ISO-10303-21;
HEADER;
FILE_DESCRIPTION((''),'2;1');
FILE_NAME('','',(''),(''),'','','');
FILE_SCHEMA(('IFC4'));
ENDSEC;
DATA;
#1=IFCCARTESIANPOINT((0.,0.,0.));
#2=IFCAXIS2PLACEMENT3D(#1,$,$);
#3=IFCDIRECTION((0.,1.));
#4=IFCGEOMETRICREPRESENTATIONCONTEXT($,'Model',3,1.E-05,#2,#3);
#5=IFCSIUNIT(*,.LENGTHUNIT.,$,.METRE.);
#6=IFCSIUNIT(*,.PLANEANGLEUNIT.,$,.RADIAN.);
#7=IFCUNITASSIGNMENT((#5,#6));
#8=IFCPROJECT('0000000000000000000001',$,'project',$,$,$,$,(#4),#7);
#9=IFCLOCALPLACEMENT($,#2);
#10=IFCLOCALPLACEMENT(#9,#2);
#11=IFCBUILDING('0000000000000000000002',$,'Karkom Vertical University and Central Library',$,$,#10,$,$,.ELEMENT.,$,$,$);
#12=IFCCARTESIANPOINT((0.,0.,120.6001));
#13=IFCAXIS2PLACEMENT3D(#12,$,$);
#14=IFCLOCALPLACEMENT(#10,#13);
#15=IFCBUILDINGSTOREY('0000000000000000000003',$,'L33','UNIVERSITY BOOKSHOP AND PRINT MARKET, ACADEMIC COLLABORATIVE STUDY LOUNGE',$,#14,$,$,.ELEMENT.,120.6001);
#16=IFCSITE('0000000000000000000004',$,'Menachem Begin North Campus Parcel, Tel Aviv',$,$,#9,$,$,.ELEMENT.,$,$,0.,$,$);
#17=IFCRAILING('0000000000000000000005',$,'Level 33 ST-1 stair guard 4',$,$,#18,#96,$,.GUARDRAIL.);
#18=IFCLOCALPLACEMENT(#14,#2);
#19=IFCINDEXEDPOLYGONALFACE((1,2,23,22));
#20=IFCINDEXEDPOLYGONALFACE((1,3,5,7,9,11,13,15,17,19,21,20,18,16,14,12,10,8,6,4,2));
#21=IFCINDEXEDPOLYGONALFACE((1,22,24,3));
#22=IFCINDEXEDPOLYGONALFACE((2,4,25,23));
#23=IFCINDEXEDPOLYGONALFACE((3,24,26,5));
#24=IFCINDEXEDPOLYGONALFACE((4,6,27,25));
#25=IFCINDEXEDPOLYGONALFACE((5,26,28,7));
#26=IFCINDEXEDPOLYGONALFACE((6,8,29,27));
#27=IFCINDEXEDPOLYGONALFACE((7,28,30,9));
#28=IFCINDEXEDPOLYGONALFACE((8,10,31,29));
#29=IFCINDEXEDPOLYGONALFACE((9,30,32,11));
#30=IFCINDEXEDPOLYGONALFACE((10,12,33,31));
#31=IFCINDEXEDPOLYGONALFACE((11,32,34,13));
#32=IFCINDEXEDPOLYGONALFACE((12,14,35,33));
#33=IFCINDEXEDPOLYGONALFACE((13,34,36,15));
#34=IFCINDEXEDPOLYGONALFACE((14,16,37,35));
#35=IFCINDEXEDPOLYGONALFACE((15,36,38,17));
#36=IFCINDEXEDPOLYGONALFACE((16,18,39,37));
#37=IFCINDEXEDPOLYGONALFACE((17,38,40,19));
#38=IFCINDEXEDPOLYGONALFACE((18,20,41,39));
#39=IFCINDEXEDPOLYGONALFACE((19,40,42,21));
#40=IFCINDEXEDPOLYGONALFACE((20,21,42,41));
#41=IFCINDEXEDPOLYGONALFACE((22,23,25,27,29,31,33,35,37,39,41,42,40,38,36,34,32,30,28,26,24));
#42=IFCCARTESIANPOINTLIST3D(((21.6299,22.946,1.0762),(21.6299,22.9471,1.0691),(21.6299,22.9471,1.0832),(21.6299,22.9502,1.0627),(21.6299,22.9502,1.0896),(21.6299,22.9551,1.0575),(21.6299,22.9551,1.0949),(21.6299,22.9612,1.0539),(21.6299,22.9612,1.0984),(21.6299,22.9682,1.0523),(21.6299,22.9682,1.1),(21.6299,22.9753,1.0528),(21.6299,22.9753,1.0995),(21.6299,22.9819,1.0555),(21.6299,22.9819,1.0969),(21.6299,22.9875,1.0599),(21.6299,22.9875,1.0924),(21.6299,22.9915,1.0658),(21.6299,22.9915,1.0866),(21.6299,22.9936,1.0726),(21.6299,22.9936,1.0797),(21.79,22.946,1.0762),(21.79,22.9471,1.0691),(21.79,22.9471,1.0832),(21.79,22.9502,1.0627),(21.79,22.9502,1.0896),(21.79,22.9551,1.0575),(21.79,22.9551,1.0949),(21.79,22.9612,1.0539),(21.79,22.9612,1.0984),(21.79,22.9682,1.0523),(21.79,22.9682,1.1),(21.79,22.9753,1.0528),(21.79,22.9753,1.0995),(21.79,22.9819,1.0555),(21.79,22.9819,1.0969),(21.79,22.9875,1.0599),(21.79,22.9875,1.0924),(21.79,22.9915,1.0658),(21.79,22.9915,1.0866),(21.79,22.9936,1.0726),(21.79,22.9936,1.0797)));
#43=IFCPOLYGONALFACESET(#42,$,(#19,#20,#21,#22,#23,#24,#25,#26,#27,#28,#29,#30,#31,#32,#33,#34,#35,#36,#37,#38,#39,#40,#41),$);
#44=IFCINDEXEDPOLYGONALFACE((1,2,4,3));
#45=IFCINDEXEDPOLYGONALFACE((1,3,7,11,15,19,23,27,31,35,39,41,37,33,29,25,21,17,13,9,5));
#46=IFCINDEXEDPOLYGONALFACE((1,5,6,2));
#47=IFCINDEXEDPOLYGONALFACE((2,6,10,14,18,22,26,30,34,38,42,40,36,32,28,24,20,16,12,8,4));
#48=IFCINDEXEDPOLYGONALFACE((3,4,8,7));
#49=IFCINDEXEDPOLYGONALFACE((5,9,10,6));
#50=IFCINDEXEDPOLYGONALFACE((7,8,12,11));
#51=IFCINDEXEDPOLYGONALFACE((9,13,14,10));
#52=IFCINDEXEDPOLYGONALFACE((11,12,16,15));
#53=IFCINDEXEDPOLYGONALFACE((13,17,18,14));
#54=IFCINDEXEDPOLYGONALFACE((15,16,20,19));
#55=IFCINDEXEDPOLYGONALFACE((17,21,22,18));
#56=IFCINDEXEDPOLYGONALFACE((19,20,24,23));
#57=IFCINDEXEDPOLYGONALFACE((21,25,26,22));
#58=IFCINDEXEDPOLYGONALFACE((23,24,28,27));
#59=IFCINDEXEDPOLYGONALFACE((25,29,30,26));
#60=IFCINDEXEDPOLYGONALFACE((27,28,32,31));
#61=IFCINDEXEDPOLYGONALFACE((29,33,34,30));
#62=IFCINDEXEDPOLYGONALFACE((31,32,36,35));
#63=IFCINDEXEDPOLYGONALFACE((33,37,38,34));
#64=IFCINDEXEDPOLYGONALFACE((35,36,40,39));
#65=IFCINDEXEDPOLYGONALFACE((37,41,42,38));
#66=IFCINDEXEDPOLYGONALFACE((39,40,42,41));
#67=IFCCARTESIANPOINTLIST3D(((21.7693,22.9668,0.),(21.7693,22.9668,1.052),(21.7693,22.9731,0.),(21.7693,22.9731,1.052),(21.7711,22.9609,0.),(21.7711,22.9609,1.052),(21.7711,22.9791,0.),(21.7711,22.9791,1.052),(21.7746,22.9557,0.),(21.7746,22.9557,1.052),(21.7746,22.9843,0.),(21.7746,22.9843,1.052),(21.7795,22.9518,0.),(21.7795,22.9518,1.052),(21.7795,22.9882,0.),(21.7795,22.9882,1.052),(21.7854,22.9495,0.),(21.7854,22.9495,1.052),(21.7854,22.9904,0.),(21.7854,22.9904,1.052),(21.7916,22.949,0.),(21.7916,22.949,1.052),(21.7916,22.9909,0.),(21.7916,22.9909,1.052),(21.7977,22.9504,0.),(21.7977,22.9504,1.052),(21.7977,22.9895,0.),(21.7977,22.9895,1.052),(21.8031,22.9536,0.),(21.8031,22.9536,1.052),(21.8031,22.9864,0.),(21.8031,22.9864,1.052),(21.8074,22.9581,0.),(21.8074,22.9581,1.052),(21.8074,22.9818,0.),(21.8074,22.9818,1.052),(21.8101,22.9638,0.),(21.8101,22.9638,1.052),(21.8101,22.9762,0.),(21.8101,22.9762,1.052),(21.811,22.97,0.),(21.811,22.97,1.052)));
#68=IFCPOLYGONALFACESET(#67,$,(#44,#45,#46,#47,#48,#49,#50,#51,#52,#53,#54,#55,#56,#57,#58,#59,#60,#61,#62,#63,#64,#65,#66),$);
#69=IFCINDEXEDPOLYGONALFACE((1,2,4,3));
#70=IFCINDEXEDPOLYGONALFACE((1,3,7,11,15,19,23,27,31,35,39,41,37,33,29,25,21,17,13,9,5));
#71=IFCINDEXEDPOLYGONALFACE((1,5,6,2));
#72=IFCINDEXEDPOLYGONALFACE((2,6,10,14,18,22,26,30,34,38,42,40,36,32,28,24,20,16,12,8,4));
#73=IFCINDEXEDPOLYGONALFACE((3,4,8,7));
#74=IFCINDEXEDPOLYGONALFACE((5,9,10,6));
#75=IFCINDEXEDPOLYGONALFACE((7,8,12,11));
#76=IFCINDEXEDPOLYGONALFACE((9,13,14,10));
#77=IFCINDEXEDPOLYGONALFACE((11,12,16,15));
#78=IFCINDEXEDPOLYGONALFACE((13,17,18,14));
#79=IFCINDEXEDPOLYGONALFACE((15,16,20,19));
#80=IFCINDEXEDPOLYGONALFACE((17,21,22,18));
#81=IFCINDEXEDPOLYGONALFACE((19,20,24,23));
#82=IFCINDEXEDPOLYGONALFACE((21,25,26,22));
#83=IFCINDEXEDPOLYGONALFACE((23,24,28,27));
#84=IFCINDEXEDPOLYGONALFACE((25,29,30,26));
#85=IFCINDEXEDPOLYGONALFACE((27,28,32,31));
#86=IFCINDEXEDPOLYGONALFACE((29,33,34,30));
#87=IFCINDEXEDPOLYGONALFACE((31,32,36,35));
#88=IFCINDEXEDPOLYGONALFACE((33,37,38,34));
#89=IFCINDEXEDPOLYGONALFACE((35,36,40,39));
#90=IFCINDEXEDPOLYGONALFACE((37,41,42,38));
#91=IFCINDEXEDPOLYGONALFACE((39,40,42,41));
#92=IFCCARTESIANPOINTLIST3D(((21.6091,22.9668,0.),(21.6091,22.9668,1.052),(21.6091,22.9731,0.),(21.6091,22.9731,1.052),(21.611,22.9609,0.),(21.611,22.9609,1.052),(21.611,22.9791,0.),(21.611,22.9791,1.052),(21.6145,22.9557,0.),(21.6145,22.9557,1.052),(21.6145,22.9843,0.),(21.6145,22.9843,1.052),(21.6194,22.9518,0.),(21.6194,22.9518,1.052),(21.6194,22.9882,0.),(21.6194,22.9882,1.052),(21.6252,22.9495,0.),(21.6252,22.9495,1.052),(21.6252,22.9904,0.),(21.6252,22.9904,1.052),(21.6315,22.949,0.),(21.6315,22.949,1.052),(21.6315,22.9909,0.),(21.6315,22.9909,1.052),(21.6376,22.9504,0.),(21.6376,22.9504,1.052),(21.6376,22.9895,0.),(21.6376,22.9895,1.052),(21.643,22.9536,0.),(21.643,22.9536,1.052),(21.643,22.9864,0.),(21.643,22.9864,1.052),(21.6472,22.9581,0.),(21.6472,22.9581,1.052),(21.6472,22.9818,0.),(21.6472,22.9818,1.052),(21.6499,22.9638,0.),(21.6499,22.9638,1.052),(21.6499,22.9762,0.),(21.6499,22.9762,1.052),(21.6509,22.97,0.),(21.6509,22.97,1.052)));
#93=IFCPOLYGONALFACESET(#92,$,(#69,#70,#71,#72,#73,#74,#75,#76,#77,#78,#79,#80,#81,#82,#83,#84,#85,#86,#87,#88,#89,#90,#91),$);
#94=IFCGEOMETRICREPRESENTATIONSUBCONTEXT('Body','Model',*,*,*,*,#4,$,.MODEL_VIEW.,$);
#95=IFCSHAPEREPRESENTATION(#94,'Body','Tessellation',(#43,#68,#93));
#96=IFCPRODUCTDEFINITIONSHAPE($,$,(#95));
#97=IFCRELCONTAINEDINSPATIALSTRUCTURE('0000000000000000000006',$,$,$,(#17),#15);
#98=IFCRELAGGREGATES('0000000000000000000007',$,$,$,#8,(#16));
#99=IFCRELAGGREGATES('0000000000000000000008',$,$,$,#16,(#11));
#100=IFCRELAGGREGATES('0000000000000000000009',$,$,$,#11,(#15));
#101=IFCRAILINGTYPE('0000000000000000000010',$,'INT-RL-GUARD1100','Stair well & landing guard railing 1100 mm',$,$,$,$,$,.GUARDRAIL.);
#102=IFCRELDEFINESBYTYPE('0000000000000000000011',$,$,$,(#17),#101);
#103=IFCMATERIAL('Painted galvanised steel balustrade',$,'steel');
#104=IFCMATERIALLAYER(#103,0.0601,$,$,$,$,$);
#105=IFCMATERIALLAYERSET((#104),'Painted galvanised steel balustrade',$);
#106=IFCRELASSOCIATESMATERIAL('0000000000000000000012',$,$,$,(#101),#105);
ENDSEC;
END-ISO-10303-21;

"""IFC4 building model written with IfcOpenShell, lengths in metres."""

from ifc_helpers import new_model, si_unit, direction, frame, origin, origin_2d, place, context, subcontext, project, spatial, circle, extrude, material, layer, layer_set, type_object, element, save


model = new_model("IFC4")

# Units and contexts
model_context = context("Model", 3, precision=1e-05, world=origin(), true_north=direction((0.0, 1.0)))
body_context = subcontext(model_context, "Body", "Model", "MODEL_VIEW")
ifc_project = project(units=[si_unit("LENGTHUNIT", "METRE"), si_unit("PLANEANGLEUNIT", "RADIAN")], contexts=[model_context])

# Site, building, storey
site_placement = place(None, origin())
site = spatial("IfcSite", under=ifc_project, at=site_placement, Name="Menachem Begin North Campus Parcel, Tel Aviv", CompositionType="ELEMENT", RefElevation=0.0)
building_placement = place(site_placement, origin())
building = spatial("IfcBuilding", under=site, at=building_placement, Name="Karkom Vertical University and Central Library", CompositionType="ELEMENT")
storey_placement = place(building_placement, frame((0.0, 0.0, 120.6001)))
storey = spatial("IfcBuildingStorey", under=building, at=storey_placement, Name="L33", Description="UNIVERSITY BOOKSHOP AND PRINT MARKET, ACADEMIC COLLABORATIVE STUDY LOUNGE", CompositionType="ELEMENT", Elevation=120.6001)

# Railing
ifc_material_1 = material(Name="Painted galvanised steel balustrade", Category="steel")
ifc_layer_1 = layer(ifc_material_1, 0.0601)
ifc_layer_set_1 = layer_set([ifc_layer_1], Name="Painted galvanised steel balustrade")
railing_type_1 = type_object("IfcRailingType", Name="INT-RL-GUARD1100", Description="Stair well & landing guard railing 1100 mm", PredefinedType="GUARDRAIL", material=ifc_layer_set_1)
railing_1_placement = place(storey_placement, frame((21.79, 22.97, 0.0)))
element("IfcRailing", 1, at=railing_1_placement, inside=storey, type_object=railing_type_1, Name="Level 33 ST-1 stair guard 4", PredefinedType="GUARDRAIL", context=body_context, shape_type="SweptSolid", body=[
    extrude(circle(Radius=0.0239, at=origin_2d()), frame((0.0, 0.0, 1.0762), z_axis=(-1.0, 0.0, 0.0), x_axis=(0.0, -1.0, 0.0)), (0.0, 0.0, 1.0), 0.1602),
    extrude(circle(Radius=0.021, at=origin_2d()), origin(), (0.0, 0.0, 1.0), 1.052),
    extrude(circle(Radius=0.021, at=origin_2d()), frame((-0.1602, 0.0, 0.0)), (0.0, 0.0, 1.0), 1.052),
])

save(model, "model.ifc")
